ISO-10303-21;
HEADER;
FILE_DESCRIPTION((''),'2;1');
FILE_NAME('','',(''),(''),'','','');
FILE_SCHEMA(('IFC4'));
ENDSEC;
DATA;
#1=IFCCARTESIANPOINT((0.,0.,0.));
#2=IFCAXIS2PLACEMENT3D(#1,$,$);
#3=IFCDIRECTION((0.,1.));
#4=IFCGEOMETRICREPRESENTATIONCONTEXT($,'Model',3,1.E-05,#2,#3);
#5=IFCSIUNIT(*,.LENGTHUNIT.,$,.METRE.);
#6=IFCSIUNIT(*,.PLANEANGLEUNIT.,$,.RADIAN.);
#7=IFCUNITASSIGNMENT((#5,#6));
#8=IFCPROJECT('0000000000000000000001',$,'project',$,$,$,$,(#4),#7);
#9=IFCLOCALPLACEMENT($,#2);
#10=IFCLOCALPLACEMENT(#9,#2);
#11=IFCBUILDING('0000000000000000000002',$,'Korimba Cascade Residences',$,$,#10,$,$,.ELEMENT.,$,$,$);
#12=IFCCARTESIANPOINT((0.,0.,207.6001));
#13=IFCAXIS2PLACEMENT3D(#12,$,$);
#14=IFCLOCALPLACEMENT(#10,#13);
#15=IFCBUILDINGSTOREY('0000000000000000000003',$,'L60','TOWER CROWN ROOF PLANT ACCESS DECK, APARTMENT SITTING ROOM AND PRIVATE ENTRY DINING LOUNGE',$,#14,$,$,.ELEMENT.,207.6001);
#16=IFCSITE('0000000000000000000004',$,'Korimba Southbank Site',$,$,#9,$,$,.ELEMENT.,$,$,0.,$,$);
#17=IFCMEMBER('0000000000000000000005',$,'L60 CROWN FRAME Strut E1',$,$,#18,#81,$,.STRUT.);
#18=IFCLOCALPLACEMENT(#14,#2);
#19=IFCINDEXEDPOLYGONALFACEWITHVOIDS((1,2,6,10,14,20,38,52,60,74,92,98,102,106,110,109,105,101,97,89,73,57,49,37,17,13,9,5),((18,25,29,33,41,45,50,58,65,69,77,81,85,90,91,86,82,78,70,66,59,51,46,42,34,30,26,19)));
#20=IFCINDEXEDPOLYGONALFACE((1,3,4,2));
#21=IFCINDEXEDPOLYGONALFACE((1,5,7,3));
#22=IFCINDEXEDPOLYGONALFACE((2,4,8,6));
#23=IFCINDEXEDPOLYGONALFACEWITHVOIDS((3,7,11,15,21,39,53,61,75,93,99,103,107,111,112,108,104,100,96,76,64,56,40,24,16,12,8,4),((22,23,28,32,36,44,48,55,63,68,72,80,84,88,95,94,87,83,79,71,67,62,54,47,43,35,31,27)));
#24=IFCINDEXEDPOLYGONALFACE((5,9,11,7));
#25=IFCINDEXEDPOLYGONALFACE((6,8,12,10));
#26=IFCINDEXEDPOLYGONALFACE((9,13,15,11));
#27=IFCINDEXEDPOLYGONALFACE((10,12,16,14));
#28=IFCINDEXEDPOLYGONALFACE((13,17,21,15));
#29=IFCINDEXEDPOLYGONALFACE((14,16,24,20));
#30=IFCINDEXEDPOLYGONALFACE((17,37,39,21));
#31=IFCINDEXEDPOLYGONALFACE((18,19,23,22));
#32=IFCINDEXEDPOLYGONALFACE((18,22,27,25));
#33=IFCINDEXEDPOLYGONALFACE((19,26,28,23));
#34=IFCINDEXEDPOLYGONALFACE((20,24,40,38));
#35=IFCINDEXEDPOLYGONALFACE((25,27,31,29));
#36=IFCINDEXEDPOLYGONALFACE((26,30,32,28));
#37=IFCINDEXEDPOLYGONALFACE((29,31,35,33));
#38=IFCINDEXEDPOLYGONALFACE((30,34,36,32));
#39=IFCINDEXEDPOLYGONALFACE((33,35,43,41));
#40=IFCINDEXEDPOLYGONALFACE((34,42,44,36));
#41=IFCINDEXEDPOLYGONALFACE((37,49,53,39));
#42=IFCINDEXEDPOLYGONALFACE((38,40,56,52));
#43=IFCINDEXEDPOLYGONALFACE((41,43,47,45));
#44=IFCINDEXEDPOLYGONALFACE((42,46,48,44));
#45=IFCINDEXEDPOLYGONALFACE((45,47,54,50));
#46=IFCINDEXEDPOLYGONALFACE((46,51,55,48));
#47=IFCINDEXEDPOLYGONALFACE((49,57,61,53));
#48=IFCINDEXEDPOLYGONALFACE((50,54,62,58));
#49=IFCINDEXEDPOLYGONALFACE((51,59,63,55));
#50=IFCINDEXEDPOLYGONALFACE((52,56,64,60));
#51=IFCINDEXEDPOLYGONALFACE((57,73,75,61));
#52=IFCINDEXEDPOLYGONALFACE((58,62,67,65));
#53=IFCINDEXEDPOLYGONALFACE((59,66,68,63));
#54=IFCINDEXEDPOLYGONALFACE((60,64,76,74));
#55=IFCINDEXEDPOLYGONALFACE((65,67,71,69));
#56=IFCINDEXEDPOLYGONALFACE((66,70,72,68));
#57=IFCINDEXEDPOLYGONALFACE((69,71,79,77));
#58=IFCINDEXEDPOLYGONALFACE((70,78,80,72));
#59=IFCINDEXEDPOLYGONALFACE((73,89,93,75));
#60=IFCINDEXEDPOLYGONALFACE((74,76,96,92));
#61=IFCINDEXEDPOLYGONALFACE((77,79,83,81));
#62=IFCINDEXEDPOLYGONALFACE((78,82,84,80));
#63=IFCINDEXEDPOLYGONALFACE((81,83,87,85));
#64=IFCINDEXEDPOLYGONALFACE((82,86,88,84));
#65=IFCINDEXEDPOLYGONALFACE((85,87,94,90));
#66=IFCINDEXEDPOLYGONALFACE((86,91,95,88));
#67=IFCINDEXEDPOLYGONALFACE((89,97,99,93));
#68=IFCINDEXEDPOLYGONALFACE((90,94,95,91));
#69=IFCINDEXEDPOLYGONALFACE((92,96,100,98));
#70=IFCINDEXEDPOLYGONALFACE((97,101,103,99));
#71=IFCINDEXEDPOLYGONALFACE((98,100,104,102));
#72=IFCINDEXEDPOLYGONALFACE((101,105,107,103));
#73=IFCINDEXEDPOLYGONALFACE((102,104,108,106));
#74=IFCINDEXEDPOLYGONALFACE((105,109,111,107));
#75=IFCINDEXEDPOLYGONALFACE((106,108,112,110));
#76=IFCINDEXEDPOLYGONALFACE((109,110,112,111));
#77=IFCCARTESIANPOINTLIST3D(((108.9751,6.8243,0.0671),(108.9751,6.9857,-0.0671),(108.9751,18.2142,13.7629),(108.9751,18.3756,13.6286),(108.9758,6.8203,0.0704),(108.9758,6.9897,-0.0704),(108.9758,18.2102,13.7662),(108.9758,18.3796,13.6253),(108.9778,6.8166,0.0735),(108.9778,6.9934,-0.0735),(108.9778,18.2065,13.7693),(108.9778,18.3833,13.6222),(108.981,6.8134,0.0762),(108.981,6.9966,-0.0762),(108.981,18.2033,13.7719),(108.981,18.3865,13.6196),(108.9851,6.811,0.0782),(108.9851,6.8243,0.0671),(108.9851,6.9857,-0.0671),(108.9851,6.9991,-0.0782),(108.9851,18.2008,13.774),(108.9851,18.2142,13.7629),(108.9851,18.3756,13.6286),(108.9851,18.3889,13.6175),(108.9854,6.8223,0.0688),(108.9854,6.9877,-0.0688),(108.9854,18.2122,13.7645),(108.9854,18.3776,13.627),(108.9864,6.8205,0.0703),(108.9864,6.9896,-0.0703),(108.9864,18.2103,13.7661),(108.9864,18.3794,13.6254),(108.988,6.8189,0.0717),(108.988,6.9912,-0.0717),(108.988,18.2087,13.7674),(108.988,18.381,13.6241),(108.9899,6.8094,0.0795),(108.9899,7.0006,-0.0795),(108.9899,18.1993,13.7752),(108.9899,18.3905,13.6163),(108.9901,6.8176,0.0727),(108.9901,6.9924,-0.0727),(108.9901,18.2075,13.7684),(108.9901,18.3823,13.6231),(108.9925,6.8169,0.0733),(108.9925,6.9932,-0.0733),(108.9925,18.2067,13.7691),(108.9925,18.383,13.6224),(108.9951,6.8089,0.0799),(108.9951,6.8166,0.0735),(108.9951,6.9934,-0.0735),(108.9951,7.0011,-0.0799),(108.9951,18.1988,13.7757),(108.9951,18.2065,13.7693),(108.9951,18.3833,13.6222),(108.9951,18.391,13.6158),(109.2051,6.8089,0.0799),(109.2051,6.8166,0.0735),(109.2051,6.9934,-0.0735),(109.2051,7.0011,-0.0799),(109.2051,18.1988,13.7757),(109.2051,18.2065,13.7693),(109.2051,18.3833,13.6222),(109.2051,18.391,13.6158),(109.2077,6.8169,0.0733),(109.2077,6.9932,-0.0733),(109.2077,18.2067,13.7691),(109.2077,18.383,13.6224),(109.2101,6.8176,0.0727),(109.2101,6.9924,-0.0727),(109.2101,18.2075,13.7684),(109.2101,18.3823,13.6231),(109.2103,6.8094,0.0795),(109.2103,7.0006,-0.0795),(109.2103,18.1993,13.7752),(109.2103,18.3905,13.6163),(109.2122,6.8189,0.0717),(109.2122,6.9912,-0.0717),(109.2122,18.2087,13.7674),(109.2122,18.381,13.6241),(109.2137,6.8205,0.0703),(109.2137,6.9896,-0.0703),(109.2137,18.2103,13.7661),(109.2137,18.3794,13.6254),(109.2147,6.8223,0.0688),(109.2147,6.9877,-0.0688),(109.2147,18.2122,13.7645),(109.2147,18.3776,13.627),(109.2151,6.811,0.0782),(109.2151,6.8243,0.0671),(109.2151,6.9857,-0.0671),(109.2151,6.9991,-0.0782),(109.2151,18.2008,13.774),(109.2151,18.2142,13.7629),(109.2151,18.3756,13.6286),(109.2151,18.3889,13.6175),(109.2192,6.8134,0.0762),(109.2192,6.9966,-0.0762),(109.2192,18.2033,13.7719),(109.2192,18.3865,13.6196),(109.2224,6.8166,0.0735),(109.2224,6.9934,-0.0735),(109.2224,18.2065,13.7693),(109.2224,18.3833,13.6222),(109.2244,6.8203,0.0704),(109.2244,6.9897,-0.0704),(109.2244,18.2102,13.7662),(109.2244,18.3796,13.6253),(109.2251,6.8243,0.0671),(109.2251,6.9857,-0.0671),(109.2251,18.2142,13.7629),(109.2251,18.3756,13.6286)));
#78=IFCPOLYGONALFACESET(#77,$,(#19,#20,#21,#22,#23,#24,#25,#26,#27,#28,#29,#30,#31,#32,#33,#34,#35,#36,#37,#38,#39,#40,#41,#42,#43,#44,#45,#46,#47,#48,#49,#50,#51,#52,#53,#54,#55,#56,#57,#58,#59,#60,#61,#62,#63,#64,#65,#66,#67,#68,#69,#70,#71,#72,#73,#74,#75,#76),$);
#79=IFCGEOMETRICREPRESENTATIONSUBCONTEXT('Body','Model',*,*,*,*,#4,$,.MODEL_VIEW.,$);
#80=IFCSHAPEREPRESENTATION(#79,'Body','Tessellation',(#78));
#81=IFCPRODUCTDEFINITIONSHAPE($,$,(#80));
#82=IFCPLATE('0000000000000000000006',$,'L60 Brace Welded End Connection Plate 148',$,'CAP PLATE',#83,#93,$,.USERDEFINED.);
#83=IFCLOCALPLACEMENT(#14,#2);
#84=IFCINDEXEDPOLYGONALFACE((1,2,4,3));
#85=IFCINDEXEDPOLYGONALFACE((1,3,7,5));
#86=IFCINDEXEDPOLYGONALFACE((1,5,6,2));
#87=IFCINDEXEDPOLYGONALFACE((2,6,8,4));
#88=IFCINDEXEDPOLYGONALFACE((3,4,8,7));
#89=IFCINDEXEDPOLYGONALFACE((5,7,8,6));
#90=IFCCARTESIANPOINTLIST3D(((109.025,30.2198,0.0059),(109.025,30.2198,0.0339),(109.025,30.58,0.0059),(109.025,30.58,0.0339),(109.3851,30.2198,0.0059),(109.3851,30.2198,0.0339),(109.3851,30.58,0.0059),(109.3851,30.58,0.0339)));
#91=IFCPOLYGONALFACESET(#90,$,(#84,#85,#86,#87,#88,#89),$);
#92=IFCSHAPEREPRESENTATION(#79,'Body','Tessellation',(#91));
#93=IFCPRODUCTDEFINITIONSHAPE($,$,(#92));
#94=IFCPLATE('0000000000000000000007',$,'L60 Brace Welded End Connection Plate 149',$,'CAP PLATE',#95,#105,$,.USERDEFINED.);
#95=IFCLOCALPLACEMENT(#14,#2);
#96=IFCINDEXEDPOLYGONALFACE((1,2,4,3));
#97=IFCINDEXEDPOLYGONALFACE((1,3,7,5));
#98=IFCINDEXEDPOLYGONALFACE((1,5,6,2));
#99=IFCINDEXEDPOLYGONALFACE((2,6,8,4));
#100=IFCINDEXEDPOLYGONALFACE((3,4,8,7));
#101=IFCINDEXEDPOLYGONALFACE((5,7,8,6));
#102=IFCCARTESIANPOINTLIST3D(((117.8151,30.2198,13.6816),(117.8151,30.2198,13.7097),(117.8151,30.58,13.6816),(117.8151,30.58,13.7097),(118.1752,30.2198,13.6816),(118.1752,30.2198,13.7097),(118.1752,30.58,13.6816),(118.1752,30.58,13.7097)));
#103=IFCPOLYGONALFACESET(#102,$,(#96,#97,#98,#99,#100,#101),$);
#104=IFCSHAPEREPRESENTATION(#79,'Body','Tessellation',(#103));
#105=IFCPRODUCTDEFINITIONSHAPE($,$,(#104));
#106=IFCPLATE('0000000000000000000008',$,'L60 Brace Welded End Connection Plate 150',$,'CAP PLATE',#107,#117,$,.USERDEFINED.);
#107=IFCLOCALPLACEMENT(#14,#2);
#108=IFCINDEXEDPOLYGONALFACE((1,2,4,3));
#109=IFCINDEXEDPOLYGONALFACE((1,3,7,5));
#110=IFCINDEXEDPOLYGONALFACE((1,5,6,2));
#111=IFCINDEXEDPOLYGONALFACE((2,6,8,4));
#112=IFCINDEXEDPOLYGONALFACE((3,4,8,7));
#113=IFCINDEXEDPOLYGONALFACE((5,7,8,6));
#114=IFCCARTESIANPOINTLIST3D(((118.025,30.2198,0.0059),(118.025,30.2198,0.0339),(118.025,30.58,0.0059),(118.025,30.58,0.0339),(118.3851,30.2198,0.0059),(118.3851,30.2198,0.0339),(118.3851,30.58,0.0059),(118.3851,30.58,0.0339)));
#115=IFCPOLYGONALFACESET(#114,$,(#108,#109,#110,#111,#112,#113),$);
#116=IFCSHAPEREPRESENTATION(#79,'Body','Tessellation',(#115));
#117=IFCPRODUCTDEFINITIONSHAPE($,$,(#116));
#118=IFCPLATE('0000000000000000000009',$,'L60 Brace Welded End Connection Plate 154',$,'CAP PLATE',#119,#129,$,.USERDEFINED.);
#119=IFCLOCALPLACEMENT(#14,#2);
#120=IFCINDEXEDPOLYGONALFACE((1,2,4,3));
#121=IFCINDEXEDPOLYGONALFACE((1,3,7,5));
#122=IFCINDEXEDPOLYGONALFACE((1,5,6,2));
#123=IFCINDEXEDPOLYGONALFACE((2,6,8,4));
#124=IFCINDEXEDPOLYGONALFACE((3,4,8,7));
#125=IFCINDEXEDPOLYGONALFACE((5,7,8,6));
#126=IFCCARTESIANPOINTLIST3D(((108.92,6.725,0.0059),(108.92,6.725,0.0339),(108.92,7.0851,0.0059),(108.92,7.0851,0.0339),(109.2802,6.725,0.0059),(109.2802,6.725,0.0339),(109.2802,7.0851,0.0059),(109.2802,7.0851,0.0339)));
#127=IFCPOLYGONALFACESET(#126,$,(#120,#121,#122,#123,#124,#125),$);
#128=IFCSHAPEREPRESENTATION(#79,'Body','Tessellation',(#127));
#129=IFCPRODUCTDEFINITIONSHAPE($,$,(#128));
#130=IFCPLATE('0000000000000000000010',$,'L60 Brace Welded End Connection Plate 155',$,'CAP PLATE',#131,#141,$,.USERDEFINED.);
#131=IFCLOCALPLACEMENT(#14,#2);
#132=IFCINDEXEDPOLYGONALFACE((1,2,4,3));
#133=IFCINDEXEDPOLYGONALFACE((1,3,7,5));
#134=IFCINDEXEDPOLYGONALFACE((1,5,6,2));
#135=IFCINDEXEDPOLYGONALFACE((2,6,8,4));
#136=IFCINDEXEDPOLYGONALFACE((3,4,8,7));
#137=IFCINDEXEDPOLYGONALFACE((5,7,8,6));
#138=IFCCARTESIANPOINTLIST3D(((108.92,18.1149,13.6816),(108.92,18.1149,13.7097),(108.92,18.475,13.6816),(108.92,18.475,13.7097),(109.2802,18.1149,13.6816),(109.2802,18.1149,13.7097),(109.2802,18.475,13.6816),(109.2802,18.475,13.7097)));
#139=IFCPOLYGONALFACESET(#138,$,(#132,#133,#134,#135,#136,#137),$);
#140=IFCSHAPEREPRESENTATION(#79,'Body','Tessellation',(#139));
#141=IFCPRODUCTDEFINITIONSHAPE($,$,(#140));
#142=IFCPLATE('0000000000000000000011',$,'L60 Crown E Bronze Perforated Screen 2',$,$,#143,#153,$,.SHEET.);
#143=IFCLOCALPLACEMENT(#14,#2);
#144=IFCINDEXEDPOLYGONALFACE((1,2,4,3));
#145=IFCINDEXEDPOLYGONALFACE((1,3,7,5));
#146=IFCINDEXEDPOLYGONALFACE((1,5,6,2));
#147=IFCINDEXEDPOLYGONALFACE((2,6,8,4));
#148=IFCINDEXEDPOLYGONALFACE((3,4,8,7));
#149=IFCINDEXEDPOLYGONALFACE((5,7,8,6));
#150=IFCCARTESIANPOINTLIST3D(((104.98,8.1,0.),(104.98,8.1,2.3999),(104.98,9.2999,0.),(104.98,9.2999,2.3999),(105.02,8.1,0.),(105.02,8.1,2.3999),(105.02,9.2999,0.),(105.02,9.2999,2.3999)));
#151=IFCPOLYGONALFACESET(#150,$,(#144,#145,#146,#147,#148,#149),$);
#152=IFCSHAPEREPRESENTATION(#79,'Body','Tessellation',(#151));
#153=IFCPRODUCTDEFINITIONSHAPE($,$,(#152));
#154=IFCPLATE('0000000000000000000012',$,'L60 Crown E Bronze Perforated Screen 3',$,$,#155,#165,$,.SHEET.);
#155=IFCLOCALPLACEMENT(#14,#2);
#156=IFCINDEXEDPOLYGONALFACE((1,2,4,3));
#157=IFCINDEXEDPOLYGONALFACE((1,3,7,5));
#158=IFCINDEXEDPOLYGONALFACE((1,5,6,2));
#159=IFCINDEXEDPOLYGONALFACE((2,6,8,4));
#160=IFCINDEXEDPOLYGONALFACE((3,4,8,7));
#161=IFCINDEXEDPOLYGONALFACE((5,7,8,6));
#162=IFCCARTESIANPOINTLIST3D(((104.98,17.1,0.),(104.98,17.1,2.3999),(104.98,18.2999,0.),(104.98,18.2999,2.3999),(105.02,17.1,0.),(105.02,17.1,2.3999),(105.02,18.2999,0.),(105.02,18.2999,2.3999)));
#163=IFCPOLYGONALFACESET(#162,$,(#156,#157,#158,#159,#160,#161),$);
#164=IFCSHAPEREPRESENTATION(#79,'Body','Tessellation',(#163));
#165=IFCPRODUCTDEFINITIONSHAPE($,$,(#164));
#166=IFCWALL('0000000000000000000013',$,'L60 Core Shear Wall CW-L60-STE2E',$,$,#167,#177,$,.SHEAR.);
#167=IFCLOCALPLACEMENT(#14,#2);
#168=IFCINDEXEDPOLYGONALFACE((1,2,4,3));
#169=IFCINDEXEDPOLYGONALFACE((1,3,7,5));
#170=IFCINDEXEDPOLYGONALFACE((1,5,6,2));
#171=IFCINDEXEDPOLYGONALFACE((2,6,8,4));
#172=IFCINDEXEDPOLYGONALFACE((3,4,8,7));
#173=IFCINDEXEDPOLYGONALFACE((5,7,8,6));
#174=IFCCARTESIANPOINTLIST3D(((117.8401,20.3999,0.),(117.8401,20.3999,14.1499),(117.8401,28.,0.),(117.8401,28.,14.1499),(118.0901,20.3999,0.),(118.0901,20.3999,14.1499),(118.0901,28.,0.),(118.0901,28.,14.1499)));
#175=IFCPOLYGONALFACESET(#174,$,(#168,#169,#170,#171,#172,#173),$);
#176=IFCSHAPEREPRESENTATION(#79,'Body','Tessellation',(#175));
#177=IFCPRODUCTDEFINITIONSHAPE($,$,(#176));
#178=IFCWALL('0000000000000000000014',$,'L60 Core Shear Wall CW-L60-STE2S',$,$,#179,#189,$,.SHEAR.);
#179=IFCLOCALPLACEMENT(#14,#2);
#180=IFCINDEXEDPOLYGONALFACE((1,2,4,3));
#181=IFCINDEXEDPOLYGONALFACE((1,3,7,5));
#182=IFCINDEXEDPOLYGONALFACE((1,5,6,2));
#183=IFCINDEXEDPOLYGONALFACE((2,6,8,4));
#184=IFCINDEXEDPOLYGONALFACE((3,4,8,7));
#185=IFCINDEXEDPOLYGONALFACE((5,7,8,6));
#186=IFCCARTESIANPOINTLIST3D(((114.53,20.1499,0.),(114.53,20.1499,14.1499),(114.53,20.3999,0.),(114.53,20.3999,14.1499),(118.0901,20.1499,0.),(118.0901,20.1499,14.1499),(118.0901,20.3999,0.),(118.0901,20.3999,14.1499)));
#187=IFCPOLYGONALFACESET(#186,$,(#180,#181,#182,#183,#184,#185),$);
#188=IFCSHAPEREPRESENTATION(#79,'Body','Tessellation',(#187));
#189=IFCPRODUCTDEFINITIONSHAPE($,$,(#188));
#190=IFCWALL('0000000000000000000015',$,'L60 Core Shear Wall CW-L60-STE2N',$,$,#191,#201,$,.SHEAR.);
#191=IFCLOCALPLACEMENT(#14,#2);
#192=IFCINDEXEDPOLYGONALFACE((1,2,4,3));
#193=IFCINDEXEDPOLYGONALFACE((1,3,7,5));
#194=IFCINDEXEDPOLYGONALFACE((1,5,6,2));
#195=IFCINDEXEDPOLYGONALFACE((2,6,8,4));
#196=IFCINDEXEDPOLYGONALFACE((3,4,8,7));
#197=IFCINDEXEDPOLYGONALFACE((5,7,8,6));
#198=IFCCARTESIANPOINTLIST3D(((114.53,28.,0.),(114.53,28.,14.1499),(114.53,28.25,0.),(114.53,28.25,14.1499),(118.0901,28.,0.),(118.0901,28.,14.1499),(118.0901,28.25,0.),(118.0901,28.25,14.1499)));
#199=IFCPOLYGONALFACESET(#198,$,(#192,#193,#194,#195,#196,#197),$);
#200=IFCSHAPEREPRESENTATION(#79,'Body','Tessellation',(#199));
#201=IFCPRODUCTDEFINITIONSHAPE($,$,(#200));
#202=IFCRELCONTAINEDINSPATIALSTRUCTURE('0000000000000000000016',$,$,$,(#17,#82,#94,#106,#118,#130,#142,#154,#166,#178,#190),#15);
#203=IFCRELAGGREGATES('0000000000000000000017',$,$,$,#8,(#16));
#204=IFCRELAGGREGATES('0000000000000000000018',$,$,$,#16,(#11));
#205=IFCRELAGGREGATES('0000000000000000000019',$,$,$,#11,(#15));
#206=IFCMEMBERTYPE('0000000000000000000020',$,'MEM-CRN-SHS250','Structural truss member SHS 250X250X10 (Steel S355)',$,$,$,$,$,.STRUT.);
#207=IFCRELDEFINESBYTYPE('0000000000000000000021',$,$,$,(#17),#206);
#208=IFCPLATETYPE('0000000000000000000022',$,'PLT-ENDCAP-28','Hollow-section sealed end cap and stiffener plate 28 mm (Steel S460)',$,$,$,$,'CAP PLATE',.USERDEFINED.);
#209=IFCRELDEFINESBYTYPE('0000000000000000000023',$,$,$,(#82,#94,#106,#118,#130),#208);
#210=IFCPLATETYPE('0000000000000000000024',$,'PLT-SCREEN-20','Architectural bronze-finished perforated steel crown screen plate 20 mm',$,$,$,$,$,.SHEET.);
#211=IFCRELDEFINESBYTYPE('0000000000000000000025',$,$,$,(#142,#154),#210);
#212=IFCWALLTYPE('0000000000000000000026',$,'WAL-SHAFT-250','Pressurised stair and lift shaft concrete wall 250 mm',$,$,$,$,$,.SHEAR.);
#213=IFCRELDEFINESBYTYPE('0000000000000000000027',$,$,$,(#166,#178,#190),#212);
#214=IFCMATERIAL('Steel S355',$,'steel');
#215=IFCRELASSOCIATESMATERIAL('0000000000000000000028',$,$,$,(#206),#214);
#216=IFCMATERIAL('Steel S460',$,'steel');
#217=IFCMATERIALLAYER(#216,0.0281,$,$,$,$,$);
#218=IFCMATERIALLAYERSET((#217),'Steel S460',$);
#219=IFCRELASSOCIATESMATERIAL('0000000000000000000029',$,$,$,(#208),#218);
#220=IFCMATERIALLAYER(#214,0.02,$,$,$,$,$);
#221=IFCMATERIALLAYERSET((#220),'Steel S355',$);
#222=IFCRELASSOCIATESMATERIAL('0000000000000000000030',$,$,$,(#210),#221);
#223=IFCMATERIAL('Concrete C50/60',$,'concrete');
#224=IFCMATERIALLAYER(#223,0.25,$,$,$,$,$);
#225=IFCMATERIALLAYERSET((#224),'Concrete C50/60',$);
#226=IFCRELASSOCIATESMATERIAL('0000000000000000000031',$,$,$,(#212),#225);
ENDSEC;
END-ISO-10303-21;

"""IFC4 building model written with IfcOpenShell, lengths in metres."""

from ifc_helpers import new_model, si_unit, direction, frame, frame_2d, origin, origin_2d, place, context, subcontext, project, spatial, rectangle, hollow_rectangle, extrude, material, layer, layer_set, material_profile, profile_set, type_object, element, save


model = new_model("IFC4")

# Units and contexts
model_context = context("Model", 3, precision=1e-05, world=origin(), true_north=direction((0.0, 1.0)))
body_context = subcontext(model_context, "Body", "Model", "MODEL_VIEW")
ifc_project = project(units=[si_unit("LENGTHUNIT", "METRE"), si_unit("PLANEANGLEUNIT", "RADIAN")], contexts=[model_context])

# Site, building, storey
site_placement = place(None, origin())
site = spatial("IfcSite", under=ifc_project, at=site_placement, Name="Korimba Southbank Site", CompositionType="ELEMENT", RefElevation=0.0)
building_placement = place(site_placement, origin())
building = spatial("IfcBuilding", under=site, at=building_placement, Name="Korimba Cascade Residences", CompositionType="ELEMENT")
storey_placement = place(building_placement, frame((0.0, 0.0, 207.6001)))
storey = spatial("IfcBuildingStorey", under=building, at=storey_placement, Name="L60", Description="TOWER CROWN ROOF PLANT ACCESS DECK, APARTMENT SITTING ROOM AND PRIVATE ENTRY DINING LOUNGE", CompositionType="ELEMENT", Elevation=207.6001)

# Shared definitions
ifc_material_1 = material(Name="Steel S355", Category="steel")

# Member
ifc_material_profile_1 = material_profile(ifc_material_1, hollow_rectangle(XDim=0.25, YDim=0.25, WallThickness=0.01, InnerFilletRadius=0.01, OuterFilletRadius=0.02, at=origin_2d()), Name="Steel S355")
ifc_profile_set_1 = profile_set([ifc_material_profile_1], Name="Steel S355")
member_type_1 = type_object("IfcMemberType", Name="MEM-CRN-SHS250", Description="Structural truss member SHS 250X250X10 (Steel S355)", PredefinedType="STRUT", material=ifc_profile_set_1)
member_1_placement = place(storey_placement, frame((109.1001, 6.905, 0.0), z_axis=(0.0, 0.639413, 0.768863), x_axis=(-1.0, 0.0, 0.0)))
element("IfcMember", 1, at=member_1_placement, inside=storey, type_object=member_type_1, Name="L60 CROWN FRAME Strut E1", PredefinedType="STRUT", context=body_context, shape_type="SweptSolid", body=[
    extrude(hollow_rectangle(XDim=0.25, YDim=0.25, WallThickness=0.01, InnerFilletRadius=0.01, OuterFilletRadius=0.02, at=origin_2d()), origin(), (0.0, 0.0, 1.0), 17.813),
])

# Plates
ifc_material_2 = material(Name="Steel S460", Category="steel")
ifc_layer_1 = layer(ifc_material_2, 0.0281)
ifc_layer_set_1 = layer_set([ifc_layer_1], Name="Steel S460")
plate_type_1 = type_object("IfcPlateType", Name="PLT-ENDCAP-28", Description="Hollow-section sealed end cap and stiffener plate 28 mm (Steel S460)", ElementType="CAP PLATE", PredefinedType="USERDEFINED", material=ifc_layer_set_1)
for number, where, z_axis, x_axis, name in (
    (2, (109.2051, 30.3999, 0.0059), (0.0, 0.0, 1.0), (1.0, 0.0, 0.0), "L60 Brace Welded End Connection Plate 148"),
    (3, (117.9951, 30.3999, 13.6816), (0.0, 0.0, 1.0), (1.0, 0.0, 0.0), "L60 Brace Welded End Connection Plate 149"),
    (4, (118.2051, 30.3999, 0.0059), (0.0, 0.0, 1.0), (1.0, 0.0, 0.0), "L60 Brace Welded End Connection Plate 150"),
    (5, (109.1001, 6.905, 0.0059), (0.0, 0.0, 1.0), (1.0, 0.0, 0.0), "L60 Brace Welded End Connection Plate 154"),
    (6, (109.1001, 18.2949, 13.6816), (0.0, 0.0, 1.0), (1.0, 0.0, 0.0), "L60 Brace Welded End Connection Plate 155"),
):
    element("IfcPlate", number, at=place(storey_placement, frame(where, z_axis=z_axis, x_axis=x_axis)), inside=storey, type_object=plate_type_1, Name=name, ObjectType="CAP PLATE", PredefinedType="USERDEFINED", context=body_context, shape_type="SweptSolid", body=[
        extrude(rectangle(XDim=0.3601, YDim=0.3601, at=origin_2d()), origin(), (0.0, 0.0, 1.0), 0.0281),
    ])
ifc_layer_2 = layer(ifc_material_1, 0.02)
ifc_layer_set_2 = layer_set([ifc_layer_2], Name="Steel S355")
plate_type_2 = type_object("IfcPlateType", Name="PLT-SCREEN-20", Description="Architectural bronze-finished perforated steel crown screen plate 20 mm", PredefinedType="SHEET", material=ifc_layer_set_2)
for number, where, z_axis, x_axis, name in (
    (7, (105.0, 8.7, 0.0), (0.0, 0.0, 1.0), (1.0, 0.0, 0.0), "L60 Crown E Bronze Perforated Screen 2"),
    (8, (105.0, 17.7, 0.0), (0.0, 0.0, 1.0), (1.0, 0.0, 0.0), "L60 Crown E Bronze Perforated Screen 3"),
):
    element("IfcPlate", number, at=place(storey_placement, frame(where, z_axis=z_axis, x_axis=x_axis)), inside=storey, type_object=plate_type_2, Name=name, PredefinedType="SHEET", context=body_context, shape_type="SweptSolid", body=[
        extrude(rectangle(XDim=0.04, YDim=1.2, at=origin_2d()), origin(), (0.0, 0.0, 1.0), 2.3999),
    ])

# Walls
ifc_material_3 = material(Name="Concrete C50/60", Category="concrete")
ifc_layer_3 = layer(ifc_material_3, 0.25)
ifc_layer_set_3 = layer_set([ifc_layer_3], Name="Concrete C50/60")
wall_type = type_object("IfcWallType", Name="WAL-SHAFT-250", Description="Pressurised stair and lift shaft concrete wall 250 mm", PredefinedType="SHEAR", material=ifc_layer_set_3)
wall_1_placement = place(storey_placement, frame((117.9651, 20.3999, 0.0), z_axis=(0.0, 0.0, 1.0), x_axis=(0.0, 1.0, 0.0)))
element("IfcWall", 9, at=wall_1_placement, inside=storey, type_object=wall_type, Name="L60 Core Shear Wall CW-L60-STE2E", PredefinedType="SHEAR", context=body_context, shape_type="SweptSolid", body=[
    extrude(rectangle(XDim=7.6001, YDim=0.25, at=frame_2d((3.8, 0.0))), origin(), (0.0, 0.0, 1.0), 14.1499),
])
for number, where, z_axis, x_axis, name in (
    (10, (114.53, 20.2749, 0.0), (0.0, 0.0, 1.0), (1.0, 0.0, 0.0), "L60 Core Shear Wall CW-L60-STE2S"),
    (11, (114.53, 28.125, 0.0), (0.0, 0.0, 1.0), (1.0, 0.0, 0.0), "L60 Core Shear Wall CW-L60-STE2N"),
):
    element("IfcWall", number, at=place(storey_placement, frame(where, z_axis=z_axis, x_axis=x_axis)), inside=storey, type_object=wall_type, Name=name, PredefinedType="SHEAR", context=body_context, shape_type="SweptSolid", body=[
        extrude(rectangle(XDim=3.5601, YDim=0.25, at=frame_2d((1.78, 0.0))), origin(), (0.0, 0.0, 1.0), 14.1499),
    ])

save(model, "model.ifc")
